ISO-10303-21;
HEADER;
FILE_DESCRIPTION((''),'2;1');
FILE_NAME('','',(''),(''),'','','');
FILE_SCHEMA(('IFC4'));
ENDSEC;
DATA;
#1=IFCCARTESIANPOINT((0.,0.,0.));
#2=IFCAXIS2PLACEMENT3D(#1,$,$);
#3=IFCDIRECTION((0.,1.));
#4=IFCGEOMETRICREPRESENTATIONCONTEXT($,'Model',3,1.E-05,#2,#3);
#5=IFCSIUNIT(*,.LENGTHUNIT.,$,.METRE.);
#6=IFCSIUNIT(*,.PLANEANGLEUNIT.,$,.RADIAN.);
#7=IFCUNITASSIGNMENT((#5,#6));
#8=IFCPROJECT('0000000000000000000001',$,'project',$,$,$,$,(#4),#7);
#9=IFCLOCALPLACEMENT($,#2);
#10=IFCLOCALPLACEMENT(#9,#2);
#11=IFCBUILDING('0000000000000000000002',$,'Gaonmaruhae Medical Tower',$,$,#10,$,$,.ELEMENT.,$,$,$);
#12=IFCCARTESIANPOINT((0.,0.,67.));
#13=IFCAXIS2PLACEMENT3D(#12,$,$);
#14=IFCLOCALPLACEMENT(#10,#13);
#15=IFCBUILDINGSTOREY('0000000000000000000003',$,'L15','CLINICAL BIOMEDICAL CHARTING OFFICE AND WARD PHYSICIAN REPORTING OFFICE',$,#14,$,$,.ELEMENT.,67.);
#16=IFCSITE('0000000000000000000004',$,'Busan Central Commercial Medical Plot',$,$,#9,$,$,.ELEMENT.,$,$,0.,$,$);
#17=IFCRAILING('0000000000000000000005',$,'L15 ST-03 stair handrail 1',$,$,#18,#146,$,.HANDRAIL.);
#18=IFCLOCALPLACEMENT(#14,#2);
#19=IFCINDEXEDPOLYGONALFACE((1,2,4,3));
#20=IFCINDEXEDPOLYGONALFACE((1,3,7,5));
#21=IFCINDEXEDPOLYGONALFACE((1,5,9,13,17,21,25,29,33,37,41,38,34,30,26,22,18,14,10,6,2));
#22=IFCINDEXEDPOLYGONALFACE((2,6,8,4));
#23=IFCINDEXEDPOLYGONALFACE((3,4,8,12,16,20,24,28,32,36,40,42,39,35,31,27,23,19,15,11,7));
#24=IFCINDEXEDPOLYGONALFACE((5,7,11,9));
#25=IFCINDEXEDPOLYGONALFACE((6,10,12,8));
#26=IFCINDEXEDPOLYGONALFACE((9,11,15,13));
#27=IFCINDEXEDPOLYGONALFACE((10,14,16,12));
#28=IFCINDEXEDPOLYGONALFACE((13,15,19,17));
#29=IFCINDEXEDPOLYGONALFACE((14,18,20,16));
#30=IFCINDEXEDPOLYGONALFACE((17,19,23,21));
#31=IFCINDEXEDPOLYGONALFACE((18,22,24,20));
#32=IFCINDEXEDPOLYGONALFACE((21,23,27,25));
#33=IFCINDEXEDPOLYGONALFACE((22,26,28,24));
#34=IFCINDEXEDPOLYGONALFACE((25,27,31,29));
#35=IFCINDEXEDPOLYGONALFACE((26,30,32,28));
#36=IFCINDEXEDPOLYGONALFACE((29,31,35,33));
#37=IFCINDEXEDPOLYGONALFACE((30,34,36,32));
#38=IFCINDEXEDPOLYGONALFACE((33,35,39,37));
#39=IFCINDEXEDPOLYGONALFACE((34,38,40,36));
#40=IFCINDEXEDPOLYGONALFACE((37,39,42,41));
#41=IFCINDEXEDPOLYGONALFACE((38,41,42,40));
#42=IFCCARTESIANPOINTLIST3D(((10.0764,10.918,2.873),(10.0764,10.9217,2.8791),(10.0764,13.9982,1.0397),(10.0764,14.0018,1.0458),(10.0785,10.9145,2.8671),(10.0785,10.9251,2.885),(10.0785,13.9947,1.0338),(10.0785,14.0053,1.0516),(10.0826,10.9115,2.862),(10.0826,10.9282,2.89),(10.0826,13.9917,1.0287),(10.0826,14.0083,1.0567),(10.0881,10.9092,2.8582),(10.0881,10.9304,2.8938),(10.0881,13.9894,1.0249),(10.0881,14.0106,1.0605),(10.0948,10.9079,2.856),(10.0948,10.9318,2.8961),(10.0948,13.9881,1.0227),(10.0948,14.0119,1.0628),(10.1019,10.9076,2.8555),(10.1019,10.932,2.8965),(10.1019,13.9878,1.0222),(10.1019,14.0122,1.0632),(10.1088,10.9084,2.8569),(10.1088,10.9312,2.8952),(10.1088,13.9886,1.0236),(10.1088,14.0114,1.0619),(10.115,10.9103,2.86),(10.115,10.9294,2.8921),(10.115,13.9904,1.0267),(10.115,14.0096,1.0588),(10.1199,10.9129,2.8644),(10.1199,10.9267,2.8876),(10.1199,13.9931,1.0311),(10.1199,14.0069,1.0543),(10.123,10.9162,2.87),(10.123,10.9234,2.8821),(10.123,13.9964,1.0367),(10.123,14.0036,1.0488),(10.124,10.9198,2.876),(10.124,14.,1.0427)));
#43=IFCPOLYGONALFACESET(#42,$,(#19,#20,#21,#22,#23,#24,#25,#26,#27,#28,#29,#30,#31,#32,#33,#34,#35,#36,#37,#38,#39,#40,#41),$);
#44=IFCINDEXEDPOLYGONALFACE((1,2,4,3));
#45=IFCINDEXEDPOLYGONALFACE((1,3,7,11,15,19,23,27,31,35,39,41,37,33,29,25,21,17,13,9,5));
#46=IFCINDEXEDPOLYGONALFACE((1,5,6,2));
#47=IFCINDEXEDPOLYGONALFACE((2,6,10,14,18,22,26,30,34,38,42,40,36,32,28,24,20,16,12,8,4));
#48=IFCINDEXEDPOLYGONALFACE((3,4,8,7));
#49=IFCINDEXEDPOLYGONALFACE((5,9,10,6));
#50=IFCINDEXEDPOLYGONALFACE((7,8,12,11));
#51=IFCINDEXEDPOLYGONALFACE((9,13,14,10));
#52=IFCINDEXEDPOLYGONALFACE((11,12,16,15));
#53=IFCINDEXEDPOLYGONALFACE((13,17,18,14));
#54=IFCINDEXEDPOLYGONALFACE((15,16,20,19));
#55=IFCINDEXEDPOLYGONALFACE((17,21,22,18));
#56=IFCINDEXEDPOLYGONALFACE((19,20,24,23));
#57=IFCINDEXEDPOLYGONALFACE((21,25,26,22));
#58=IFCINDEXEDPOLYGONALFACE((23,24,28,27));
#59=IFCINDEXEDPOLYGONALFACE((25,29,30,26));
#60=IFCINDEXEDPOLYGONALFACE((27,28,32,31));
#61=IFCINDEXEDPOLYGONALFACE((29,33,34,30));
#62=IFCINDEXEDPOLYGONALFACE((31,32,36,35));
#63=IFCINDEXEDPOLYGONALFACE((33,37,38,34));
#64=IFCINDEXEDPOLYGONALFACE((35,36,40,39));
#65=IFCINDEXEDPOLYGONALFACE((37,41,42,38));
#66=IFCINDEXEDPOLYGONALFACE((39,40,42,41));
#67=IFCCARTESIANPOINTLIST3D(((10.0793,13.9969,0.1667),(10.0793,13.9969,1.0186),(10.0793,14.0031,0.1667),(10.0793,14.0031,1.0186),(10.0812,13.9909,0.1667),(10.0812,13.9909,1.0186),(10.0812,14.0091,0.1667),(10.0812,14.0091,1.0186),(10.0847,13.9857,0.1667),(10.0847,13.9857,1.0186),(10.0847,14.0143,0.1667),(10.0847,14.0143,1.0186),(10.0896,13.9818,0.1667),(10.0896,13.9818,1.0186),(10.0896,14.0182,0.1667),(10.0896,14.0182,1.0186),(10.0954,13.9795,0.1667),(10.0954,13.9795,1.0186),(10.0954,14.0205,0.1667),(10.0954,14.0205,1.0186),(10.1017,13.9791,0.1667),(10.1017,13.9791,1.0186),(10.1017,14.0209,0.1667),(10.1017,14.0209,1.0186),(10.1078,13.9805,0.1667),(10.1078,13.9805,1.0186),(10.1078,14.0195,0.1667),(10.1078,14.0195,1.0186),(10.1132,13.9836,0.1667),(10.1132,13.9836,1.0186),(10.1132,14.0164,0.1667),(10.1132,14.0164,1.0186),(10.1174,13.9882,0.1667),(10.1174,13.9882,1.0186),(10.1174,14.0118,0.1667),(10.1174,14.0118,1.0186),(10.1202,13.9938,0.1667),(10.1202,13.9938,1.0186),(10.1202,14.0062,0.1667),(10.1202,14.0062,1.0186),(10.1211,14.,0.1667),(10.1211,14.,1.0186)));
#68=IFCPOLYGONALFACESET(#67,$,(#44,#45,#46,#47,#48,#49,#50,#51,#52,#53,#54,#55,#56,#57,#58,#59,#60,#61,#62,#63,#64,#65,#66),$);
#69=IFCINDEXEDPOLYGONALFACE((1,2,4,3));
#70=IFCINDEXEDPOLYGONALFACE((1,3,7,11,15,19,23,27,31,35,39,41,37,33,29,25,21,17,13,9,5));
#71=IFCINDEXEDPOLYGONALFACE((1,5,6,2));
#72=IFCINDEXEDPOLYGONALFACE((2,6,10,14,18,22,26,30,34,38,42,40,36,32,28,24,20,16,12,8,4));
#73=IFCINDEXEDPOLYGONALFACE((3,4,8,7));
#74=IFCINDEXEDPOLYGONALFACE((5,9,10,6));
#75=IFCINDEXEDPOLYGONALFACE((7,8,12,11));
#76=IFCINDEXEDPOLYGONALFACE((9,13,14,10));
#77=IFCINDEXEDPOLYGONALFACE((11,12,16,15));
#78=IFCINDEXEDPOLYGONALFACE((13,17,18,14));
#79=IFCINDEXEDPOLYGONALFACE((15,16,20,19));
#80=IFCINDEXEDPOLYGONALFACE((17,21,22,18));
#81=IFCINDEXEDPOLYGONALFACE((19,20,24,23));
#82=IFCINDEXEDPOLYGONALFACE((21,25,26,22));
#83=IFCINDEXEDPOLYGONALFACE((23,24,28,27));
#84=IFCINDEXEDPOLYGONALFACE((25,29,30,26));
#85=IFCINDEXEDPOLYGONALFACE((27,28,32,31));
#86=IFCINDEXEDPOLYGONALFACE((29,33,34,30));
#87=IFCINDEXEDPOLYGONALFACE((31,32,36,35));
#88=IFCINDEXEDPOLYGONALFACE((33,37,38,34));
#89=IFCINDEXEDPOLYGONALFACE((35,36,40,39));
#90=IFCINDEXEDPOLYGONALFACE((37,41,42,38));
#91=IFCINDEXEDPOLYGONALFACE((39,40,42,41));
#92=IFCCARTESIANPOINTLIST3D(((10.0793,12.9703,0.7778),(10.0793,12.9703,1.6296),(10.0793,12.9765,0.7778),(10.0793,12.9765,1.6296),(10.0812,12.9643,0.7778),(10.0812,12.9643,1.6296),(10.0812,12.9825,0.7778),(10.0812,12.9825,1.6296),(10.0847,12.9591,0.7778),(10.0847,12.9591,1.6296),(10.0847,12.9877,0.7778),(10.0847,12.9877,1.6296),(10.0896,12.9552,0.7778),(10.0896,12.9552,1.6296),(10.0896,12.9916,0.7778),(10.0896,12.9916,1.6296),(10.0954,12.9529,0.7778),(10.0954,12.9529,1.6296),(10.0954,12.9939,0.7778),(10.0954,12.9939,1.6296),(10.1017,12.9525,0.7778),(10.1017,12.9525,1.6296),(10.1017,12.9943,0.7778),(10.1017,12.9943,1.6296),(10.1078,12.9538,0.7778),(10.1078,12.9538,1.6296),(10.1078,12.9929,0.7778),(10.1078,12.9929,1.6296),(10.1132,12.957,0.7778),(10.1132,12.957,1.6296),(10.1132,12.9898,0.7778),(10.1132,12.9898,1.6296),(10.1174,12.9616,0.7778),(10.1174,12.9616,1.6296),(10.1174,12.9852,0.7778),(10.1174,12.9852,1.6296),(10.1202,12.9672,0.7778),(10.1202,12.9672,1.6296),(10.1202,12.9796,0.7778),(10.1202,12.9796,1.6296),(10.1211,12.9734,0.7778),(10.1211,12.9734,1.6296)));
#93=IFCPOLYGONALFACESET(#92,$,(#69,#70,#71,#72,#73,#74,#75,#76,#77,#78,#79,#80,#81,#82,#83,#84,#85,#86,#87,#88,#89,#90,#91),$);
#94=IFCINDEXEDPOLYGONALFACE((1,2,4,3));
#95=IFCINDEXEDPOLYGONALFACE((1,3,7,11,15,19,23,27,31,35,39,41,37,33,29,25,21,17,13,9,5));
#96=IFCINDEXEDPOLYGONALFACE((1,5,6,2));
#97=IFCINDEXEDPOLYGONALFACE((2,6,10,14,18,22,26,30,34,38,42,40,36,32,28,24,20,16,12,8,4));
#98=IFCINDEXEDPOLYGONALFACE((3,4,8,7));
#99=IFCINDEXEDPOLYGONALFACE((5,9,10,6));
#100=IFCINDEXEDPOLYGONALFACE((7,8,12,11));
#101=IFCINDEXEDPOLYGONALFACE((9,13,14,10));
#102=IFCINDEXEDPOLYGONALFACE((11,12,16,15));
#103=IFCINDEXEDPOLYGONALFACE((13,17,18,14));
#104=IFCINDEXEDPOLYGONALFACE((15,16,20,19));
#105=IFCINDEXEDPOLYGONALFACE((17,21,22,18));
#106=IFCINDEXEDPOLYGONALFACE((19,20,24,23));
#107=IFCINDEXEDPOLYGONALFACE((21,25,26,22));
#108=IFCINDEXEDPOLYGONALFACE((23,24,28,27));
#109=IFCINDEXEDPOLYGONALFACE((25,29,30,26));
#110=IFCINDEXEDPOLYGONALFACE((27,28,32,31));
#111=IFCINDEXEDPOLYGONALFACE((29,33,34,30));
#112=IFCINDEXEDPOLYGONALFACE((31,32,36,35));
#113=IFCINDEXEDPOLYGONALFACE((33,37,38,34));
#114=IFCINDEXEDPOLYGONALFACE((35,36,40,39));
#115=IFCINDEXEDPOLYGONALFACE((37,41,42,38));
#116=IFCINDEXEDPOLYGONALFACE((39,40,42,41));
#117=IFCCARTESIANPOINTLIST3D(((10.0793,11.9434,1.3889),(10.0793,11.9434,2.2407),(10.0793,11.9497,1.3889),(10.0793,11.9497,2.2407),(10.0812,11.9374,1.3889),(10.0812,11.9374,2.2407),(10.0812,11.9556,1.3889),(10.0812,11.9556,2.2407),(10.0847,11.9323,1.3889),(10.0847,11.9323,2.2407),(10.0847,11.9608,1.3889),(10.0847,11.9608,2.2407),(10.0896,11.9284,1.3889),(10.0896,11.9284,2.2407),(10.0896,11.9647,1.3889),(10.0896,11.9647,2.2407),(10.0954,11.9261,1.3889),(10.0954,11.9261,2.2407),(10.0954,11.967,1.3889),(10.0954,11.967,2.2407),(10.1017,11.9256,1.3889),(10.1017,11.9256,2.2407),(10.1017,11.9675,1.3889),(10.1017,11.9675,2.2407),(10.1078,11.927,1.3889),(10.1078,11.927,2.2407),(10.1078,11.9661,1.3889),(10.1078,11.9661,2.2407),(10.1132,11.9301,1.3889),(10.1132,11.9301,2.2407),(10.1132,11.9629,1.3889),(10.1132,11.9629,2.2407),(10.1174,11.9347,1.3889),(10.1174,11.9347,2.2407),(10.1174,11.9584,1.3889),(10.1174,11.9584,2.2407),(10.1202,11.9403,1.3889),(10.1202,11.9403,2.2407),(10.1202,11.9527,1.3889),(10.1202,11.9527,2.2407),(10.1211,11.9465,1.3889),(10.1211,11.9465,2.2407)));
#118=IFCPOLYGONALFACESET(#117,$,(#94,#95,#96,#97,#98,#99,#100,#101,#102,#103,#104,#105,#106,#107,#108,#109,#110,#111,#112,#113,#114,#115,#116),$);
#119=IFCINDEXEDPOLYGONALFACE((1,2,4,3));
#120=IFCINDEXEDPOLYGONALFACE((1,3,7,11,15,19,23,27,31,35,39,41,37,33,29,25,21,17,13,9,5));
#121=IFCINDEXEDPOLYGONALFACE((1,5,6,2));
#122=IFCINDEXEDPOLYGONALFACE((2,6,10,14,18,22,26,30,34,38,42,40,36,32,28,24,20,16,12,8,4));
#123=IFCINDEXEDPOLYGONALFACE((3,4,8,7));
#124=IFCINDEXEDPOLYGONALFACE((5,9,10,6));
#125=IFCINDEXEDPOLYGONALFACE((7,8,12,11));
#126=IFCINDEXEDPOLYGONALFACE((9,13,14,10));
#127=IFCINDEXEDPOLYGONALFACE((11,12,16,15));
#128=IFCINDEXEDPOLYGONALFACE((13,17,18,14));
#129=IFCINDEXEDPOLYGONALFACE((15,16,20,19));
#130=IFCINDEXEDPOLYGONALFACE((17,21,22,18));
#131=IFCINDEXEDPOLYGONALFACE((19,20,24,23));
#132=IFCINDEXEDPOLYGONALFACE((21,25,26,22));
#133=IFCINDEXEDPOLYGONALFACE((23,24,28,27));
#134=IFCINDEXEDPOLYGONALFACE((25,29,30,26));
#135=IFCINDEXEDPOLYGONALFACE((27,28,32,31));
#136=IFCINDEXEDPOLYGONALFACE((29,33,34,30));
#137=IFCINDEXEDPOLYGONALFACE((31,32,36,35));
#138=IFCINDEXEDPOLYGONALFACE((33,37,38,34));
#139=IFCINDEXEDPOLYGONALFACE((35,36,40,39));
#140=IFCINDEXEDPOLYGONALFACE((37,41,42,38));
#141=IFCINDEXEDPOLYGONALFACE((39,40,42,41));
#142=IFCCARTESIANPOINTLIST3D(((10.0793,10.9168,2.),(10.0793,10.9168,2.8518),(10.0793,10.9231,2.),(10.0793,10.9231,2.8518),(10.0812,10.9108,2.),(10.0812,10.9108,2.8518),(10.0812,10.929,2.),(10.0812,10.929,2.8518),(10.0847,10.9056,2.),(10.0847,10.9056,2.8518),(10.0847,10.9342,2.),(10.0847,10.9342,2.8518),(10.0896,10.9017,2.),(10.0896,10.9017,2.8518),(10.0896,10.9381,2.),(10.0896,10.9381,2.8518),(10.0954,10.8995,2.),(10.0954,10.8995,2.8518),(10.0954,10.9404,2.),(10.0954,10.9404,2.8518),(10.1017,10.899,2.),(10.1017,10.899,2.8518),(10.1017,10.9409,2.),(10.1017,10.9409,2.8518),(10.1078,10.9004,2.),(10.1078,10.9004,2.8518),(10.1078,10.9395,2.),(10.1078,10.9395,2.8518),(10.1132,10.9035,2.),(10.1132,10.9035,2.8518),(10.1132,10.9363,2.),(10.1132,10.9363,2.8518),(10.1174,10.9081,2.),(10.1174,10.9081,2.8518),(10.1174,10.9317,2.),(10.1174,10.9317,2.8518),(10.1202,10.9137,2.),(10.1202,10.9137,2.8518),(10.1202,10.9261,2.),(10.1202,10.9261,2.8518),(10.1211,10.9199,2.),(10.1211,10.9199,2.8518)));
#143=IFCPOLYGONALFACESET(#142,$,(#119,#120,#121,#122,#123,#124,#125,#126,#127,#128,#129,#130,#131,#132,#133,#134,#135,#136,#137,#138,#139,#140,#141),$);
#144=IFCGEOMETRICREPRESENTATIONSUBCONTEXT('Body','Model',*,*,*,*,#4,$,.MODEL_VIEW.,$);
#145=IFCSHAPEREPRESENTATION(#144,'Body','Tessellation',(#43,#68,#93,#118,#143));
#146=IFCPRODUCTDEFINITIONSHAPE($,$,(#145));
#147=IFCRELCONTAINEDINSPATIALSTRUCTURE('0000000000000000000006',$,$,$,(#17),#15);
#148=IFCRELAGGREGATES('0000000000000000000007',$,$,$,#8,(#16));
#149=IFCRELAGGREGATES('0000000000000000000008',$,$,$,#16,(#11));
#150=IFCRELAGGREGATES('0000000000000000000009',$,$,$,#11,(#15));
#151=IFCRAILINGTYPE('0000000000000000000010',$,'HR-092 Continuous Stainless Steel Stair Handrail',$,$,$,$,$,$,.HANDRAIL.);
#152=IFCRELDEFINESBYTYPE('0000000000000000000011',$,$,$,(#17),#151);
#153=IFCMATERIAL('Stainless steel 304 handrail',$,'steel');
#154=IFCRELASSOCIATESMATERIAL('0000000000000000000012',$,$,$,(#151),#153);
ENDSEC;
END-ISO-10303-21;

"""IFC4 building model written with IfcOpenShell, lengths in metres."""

from ifc_helpers import new_model, si_unit, direction, frame, origin, origin_2d, place, context, subcontext, project, spatial, circle, extrude, material, type_object, element, save


model = new_model("IFC4")

# Units and contexts
model_context = context("Model", 3, precision=1e-05, world=origin(), true_north=direction((0.0, 1.0)))
body_context = subcontext(model_context, "Body", "Model", "MODEL_VIEW")
ifc_project = project(units=[si_unit("LENGTHUNIT", "METRE"), si_unit("PLANEANGLEUNIT", "RADIAN")], contexts=[model_context])

# Site, building, storey
site_placement = place(None, origin())
site = spatial("IfcSite", under=ifc_project, at=site_placement, Name="Busan Central Commercial Medical Plot", CompositionType="ELEMENT", RefElevation=0.0)
building_placement = place(site_placement, origin())
building = spatial("IfcBuilding", under=site, at=building_placement, Name="Gaonmaruhae Medical Tower", CompositionType="ELEMENT")
storey_placement = place(building_placement, frame((0.0, 0.0, 67.0)))
storey = spatial("IfcBuildingStorey", under=building, at=storey_placement, Name="L15", Description="CLINICAL BIOMEDICAL CHARTING OFFICE AND WARD PHYSICIAN REPORTING OFFICE", CompositionType="ELEMENT", Elevation=67.0)

# Railing
ifc_material_1 = material(Name="Stainless steel 304 handrail", Category="steel")
railing_type_1 = type_object("IfcRailingType", Name="HR-092 Continuous Stainless Steel Stair Handrail", PredefinedType="HANDRAIL", material=ifc_material_1)
railing_1_placement = place(storey_placement, frame((10.1001, 14.0, 0.1667)))
element("IfcRailing", 1, at=railing_1_placement, inside=storey, type_object=railing_type_1, Name="L15 ST-03 stair handrail 1", PredefinedType="HANDRAIL", context=body_context, shape_type="SweptSolid", body=[
    extrude(circle(Radius=0.0239, at=origin_2d()), frame((0.0, 0.0, 0.876), z_axis=(0.0, -0.859309, 0.511458), x_axis=(1.0, 0.0, 0.0)), (0.0, 0.0, 1.0), 3.5845),
    extrude(circle(Radius=0.021, at=origin_2d()), origin(), (0.0, 0.0, 1.0), 0.8518),
    extrude(circle(Radius=0.021, at=origin_2d()), frame((0.0, -1.0266, 0.6111)), (0.0, 0.0, 1.0), 0.8518),
    extrude(circle(Radius=0.021, at=origin_2d()), frame((0.0, -2.0535, 1.2222)), (0.0, 0.0, 1.0), 0.8518),
    extrude(circle(Radius=0.021, at=origin_2d()), frame((0.0, -3.0801, 1.8333)), (0.0, 0.0, 1.0), 0.8518),
])

save(model, "model.ifc")
